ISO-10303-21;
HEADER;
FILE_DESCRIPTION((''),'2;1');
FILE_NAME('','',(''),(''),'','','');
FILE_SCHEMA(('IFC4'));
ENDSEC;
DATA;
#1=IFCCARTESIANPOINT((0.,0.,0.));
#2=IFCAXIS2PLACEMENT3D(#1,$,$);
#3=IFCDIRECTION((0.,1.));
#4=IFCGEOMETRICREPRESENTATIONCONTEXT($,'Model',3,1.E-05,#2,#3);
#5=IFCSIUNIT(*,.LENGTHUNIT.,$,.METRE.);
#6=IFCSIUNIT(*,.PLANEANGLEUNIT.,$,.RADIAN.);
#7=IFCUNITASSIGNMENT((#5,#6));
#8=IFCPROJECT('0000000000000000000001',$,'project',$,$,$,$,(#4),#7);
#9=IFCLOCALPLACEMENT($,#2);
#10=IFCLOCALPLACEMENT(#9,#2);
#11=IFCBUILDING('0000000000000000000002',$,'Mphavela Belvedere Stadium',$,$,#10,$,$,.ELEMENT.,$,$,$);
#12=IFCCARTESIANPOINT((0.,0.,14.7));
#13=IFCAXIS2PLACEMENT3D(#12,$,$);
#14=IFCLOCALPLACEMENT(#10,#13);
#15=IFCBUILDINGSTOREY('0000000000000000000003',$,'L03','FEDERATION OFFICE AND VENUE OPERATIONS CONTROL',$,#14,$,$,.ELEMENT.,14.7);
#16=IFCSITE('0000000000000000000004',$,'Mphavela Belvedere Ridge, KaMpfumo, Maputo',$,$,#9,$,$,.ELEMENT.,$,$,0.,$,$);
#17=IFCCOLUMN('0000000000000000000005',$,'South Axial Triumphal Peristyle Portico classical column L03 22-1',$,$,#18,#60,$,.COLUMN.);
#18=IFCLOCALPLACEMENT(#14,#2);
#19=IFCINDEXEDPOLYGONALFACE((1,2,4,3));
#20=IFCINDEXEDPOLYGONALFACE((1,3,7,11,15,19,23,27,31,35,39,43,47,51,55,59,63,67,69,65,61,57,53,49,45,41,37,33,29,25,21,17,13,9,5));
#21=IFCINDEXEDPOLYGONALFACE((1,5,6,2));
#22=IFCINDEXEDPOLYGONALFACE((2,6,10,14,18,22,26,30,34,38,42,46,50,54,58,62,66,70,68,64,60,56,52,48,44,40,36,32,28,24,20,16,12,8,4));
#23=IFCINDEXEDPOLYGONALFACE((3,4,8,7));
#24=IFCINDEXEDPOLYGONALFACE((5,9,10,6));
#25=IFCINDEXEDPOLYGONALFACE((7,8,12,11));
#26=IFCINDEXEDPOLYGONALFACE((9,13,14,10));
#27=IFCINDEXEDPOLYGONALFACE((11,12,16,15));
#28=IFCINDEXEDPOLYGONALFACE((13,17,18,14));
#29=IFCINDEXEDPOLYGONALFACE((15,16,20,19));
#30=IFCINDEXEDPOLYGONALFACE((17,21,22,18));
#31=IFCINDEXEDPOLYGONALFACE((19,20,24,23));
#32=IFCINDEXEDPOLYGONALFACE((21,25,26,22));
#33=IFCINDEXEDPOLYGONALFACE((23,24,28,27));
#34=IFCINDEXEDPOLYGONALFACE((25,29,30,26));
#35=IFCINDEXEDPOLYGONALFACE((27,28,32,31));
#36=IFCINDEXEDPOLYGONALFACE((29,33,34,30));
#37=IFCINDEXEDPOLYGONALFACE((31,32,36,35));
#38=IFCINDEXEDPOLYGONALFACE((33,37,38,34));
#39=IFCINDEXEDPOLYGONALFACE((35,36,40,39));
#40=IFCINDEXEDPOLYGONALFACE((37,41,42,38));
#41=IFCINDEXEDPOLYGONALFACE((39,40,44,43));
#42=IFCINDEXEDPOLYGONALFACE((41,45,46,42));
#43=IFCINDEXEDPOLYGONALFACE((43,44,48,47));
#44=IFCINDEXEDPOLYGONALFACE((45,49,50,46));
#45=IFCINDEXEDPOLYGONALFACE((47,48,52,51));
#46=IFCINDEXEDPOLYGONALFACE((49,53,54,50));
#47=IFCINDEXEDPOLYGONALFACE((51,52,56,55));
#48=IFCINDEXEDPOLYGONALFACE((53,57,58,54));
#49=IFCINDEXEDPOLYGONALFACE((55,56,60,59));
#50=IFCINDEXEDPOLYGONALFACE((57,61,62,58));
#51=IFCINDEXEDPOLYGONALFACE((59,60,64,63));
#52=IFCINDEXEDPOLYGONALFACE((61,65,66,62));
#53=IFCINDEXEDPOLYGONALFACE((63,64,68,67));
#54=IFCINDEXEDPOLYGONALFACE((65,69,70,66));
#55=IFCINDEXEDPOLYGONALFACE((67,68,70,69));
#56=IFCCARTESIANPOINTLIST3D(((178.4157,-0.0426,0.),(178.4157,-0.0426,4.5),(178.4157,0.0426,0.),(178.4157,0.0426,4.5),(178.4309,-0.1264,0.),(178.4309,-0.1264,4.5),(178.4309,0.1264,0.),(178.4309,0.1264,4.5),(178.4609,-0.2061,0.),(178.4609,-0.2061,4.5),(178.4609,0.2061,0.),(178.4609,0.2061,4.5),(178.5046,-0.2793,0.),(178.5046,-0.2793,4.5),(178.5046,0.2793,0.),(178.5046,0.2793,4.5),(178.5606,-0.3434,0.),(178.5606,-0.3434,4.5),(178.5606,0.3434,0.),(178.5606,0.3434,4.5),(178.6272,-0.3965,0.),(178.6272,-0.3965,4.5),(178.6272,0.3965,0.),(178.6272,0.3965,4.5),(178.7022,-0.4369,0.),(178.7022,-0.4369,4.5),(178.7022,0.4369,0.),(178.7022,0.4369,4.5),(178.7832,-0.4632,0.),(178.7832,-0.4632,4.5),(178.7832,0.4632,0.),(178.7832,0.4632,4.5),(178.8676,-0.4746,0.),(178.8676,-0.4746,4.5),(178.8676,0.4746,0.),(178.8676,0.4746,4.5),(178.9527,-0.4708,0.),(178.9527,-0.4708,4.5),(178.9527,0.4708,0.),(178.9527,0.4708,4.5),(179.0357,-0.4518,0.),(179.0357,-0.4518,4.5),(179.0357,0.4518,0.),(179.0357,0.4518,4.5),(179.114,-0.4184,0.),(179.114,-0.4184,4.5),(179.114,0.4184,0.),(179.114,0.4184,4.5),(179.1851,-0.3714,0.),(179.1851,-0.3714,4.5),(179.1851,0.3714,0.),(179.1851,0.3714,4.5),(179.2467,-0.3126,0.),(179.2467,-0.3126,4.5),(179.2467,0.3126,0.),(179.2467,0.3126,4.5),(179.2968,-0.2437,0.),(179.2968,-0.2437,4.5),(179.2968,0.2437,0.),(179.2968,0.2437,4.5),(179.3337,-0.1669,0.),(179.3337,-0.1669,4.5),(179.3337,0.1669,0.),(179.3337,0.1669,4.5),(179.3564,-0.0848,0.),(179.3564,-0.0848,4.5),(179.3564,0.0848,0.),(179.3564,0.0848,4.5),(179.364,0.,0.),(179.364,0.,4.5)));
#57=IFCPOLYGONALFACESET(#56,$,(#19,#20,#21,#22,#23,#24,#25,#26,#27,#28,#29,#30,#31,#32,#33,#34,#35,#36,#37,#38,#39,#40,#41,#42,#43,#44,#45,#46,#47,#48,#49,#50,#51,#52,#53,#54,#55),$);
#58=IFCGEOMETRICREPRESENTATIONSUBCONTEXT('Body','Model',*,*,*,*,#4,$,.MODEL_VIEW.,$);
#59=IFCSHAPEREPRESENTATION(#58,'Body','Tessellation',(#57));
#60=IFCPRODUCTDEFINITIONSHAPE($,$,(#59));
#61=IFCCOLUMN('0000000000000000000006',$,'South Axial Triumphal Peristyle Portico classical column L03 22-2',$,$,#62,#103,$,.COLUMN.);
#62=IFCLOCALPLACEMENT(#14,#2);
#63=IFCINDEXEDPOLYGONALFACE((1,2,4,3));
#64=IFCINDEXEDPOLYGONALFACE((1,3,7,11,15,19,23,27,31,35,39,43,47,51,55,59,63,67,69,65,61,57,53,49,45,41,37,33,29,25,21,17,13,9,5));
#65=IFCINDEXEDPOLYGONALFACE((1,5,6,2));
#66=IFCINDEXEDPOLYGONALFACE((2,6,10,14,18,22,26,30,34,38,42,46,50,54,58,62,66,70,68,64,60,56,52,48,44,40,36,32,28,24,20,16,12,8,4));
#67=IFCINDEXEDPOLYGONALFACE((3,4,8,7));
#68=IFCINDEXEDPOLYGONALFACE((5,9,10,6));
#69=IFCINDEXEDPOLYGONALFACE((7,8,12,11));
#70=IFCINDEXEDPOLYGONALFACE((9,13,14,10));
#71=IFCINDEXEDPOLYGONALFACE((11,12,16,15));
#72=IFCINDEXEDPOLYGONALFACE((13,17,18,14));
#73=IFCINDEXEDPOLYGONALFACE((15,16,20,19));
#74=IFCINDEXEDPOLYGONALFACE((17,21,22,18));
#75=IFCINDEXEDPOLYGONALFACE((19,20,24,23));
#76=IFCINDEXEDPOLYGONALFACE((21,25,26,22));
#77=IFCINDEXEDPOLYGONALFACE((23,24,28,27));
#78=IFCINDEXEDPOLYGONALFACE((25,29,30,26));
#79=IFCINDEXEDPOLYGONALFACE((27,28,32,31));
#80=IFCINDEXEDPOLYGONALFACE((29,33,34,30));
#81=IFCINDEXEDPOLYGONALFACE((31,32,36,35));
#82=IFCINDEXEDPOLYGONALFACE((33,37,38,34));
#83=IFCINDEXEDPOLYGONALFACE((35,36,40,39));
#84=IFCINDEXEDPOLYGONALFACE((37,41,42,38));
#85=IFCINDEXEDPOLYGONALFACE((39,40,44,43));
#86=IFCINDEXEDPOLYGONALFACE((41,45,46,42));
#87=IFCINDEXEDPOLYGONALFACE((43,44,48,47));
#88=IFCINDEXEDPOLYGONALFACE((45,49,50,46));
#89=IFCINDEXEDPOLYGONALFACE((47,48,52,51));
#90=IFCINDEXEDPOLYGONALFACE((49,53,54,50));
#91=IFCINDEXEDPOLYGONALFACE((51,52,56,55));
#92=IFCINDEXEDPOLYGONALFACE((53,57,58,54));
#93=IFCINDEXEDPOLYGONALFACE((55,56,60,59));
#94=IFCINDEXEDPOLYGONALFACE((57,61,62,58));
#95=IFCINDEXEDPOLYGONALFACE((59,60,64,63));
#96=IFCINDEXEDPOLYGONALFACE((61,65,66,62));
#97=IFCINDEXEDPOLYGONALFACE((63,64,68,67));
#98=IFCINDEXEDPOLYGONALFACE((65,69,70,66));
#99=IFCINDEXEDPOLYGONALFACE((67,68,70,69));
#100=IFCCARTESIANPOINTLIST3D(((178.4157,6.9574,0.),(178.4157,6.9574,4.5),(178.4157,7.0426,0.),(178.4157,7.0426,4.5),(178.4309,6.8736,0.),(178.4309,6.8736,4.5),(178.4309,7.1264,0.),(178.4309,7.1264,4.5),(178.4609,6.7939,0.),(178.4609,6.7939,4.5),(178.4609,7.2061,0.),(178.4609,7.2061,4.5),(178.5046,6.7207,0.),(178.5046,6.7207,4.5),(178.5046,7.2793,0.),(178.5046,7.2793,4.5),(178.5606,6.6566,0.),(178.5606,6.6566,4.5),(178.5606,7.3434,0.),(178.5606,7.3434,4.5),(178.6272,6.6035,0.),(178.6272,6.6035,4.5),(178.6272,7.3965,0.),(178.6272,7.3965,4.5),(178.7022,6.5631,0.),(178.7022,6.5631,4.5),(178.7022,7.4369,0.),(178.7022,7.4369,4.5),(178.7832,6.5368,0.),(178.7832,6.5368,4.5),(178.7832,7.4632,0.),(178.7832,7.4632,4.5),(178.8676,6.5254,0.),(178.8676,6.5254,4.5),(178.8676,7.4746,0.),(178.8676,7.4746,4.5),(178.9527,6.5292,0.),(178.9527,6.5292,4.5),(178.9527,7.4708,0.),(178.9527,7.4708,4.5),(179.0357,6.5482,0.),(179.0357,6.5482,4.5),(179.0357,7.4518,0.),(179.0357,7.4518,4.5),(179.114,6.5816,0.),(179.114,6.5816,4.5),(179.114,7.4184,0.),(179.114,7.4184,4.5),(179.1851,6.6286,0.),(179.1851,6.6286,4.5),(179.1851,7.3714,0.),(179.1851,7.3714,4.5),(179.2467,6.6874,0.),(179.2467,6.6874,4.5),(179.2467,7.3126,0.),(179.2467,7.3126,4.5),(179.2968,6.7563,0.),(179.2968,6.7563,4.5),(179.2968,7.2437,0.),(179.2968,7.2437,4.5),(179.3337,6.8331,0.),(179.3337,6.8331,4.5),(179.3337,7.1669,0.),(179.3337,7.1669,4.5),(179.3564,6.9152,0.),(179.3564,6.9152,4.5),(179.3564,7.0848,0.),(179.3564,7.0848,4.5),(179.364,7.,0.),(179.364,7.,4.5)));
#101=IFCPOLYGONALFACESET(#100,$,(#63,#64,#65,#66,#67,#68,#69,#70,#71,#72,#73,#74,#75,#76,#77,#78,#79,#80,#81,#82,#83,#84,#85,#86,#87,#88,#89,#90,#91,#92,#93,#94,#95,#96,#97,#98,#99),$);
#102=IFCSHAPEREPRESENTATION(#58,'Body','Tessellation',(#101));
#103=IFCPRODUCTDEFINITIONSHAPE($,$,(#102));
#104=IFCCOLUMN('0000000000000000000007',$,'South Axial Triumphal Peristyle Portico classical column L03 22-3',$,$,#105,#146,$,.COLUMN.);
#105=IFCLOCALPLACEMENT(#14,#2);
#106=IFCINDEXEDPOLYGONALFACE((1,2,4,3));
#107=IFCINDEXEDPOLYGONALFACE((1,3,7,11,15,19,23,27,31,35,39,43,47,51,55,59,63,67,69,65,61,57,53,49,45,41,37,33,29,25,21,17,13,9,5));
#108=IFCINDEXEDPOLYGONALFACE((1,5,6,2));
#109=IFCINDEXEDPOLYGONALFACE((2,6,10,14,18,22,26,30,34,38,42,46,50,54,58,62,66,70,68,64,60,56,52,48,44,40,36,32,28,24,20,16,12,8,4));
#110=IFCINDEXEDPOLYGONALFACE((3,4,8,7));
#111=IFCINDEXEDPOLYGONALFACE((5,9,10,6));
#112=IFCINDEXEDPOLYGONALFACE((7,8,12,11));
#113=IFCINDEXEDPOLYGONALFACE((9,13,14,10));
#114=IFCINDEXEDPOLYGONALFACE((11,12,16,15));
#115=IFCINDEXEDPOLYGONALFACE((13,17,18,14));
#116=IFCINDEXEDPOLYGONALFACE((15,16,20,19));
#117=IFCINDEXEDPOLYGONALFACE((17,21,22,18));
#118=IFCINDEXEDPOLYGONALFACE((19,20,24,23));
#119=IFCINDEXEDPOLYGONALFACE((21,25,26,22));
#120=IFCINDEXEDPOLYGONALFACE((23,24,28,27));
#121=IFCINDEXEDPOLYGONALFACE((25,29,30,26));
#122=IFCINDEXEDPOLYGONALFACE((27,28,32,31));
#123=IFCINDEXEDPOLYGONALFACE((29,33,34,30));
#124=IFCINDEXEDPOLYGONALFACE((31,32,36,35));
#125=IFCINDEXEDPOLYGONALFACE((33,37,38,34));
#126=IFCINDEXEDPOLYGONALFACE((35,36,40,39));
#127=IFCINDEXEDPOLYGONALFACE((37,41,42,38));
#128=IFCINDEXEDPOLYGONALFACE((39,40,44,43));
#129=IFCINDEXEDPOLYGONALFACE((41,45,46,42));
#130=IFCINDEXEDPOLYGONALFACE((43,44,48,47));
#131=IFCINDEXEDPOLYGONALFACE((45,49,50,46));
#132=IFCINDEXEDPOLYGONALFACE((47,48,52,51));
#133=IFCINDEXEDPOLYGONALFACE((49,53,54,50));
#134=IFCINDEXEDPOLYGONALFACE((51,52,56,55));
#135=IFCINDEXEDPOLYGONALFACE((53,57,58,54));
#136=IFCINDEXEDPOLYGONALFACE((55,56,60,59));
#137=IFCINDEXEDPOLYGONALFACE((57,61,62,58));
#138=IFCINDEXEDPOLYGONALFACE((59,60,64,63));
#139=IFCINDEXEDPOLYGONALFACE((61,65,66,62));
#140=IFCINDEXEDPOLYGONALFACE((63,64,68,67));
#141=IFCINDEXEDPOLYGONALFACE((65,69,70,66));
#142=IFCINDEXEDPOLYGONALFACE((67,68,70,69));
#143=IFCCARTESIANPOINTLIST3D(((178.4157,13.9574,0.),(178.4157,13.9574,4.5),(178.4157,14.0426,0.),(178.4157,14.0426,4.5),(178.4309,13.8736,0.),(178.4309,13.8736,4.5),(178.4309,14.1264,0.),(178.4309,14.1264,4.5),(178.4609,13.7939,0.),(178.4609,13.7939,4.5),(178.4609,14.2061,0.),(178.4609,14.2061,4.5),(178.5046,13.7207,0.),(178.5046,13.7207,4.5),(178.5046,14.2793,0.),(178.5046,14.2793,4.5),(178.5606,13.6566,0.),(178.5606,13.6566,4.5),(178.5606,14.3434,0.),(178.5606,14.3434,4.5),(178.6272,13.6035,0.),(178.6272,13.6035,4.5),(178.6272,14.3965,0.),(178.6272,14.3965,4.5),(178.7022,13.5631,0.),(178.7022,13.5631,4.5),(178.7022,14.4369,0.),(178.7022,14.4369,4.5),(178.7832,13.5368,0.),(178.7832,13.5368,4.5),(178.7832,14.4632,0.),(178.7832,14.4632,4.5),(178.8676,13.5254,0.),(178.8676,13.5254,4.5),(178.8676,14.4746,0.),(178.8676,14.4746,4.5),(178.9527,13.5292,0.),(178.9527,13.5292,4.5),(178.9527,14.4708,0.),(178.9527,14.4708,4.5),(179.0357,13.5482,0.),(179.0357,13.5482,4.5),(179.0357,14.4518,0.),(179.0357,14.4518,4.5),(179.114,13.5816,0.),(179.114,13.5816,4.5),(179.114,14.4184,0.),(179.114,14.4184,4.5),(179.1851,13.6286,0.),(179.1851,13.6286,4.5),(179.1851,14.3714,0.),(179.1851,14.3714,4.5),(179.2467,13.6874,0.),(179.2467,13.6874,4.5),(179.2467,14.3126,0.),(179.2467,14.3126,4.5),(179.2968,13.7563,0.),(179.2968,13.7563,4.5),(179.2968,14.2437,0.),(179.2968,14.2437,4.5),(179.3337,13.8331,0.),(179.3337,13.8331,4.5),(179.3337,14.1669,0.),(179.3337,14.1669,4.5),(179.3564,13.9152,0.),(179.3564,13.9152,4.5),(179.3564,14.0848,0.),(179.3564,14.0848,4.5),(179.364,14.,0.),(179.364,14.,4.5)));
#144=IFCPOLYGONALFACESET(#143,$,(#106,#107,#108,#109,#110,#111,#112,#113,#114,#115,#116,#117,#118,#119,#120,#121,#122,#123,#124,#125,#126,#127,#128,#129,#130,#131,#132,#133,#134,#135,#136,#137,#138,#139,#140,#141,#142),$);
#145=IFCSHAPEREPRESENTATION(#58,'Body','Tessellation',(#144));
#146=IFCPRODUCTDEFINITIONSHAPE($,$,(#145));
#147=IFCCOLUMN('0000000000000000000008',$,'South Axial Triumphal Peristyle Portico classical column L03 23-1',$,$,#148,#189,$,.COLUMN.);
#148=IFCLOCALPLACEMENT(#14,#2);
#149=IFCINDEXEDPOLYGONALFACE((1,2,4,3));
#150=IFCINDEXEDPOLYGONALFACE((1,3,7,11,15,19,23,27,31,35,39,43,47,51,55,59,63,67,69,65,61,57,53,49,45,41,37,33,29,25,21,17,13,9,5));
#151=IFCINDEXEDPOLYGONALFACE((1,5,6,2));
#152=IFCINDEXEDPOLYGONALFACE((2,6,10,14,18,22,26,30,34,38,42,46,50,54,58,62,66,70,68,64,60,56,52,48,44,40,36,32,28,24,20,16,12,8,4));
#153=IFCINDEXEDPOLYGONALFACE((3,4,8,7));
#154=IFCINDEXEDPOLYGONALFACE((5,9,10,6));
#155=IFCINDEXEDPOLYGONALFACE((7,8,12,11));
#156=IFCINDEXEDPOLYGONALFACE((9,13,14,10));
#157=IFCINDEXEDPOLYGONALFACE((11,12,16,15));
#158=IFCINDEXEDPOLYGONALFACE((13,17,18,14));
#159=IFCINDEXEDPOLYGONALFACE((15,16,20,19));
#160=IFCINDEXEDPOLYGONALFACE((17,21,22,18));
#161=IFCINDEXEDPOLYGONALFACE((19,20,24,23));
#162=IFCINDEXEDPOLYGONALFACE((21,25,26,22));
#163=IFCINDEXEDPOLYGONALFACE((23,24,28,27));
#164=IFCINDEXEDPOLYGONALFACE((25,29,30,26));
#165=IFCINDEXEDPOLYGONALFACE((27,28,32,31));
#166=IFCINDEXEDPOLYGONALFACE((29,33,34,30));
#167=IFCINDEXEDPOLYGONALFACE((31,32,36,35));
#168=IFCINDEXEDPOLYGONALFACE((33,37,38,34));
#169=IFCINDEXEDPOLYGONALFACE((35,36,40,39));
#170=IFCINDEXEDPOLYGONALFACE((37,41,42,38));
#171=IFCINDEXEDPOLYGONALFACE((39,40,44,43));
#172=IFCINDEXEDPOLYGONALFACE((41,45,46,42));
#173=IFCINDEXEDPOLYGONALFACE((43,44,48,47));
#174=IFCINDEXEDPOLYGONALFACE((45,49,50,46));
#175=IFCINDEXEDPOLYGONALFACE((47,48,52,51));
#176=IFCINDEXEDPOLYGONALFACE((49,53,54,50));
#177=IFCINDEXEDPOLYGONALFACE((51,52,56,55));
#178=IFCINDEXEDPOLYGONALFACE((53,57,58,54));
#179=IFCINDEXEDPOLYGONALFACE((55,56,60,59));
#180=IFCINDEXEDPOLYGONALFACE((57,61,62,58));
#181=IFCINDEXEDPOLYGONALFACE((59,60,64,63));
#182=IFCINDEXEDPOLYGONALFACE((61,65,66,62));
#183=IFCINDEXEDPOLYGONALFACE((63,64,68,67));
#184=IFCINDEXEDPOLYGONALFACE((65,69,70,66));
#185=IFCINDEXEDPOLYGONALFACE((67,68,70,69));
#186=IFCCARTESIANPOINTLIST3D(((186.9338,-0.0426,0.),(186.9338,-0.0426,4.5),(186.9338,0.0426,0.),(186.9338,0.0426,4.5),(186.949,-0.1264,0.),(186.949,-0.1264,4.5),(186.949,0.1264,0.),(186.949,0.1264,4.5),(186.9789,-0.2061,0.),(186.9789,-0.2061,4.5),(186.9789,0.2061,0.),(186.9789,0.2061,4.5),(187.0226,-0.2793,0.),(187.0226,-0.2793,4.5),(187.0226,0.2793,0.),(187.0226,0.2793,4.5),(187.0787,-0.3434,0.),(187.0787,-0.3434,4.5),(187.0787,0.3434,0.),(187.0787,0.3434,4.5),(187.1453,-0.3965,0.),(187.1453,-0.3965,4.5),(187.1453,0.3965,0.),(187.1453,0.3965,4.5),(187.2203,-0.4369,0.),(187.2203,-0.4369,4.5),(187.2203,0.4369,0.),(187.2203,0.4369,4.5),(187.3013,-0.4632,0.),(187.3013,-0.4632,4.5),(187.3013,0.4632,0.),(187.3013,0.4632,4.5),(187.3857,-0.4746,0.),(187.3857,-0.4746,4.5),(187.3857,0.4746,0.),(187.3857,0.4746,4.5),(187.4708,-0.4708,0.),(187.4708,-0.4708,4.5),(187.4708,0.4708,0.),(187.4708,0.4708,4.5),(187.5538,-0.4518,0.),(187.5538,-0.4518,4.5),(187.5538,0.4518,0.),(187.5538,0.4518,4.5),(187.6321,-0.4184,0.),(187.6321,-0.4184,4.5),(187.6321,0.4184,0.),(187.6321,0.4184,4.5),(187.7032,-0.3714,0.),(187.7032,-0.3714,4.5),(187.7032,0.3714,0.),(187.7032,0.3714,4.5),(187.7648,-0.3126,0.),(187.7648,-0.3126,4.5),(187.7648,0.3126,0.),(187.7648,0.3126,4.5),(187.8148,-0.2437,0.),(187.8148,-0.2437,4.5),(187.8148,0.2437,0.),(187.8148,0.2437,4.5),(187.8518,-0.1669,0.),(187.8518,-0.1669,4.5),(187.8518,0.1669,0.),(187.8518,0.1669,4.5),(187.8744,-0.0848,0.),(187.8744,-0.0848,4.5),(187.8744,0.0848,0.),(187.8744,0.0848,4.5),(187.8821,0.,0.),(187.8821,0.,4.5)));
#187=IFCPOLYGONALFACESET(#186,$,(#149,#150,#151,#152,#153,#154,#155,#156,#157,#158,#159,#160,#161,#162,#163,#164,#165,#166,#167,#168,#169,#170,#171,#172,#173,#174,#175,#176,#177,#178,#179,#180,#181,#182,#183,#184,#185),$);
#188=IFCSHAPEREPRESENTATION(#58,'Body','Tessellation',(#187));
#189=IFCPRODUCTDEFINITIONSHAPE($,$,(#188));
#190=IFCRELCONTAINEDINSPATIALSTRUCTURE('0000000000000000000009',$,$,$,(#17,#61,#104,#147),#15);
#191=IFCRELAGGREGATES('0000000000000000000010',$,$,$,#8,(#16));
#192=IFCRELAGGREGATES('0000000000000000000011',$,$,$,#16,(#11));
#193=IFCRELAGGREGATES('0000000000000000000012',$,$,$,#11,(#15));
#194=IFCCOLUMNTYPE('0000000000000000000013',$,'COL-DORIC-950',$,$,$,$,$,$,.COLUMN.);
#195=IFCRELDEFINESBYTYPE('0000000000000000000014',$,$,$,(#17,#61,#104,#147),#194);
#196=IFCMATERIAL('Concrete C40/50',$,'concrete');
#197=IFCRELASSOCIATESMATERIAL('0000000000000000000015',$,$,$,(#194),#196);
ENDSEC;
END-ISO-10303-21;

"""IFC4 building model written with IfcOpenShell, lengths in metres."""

from ifc_helpers import new_model, si_unit, direction, frame, origin, origin_2d, place, context, subcontext, project, spatial, circle, extrude, material, material_profile, profile_set, type_object, element, save


model = new_model("IFC4")

# Units and contexts
model_context = context("Model", 3, precision=1e-05, world=origin(), true_north=direction((0.0, 1.0)))
body_context = subcontext(model_context, "Body", "Model", "MODEL_VIEW")
ifc_project = project(units=[si_unit("LENGTHUNIT", "METRE"), si_unit("PLANEANGLEUNIT", "RADIAN")], contexts=[model_context])

# Site, building, storey
site_placement = place(None, origin())
site = spatial("IfcSite", under=ifc_project, at=site_placement, Name="Mphavela Belvedere Ridge, KaMpfumo, Maputo", CompositionType="ELEMENT", RefElevation=0.0)
building_placement = place(site_placement, origin())
building = spatial("IfcBuilding", under=site, at=building_placement, Name="Mphavela Belvedere Stadium", CompositionType="ELEMENT")
storey_placement = place(building_placement, frame((0.0, 0.0, 14.7)))
storey = spatial("IfcBuildingStorey", under=building, at=storey_placement, Name="L03", Description="FEDERATION OFFICE AND VENUE OPERATIONS CONTROL", CompositionType="ELEMENT", Elevation=14.7)

# Columns
ifc_material_1 = material(Name="Concrete C40/50", Category="concrete")
ifc_material_profile_1 = material_profile(ifc_material_1, circle(Radius=0.4751, at=origin_2d()), Name="COL D950")
ifc_profile_set_1 = profile_set([ifc_material_profile_1], Name="Concrete C40/50")
column_type = type_object("IfcColumnType", Name="COL-DORIC-950", PredefinedType="COLUMN", material=ifc_profile_set_1)
for number, where, z_axis, x_axis, name in (
    (1, (178.8889, 0.0, 0.0), (0.0, 0.0, 1.0), (1.0, 0.0, 0.0), "South Axial Triumphal Peristyle Portico classical column L03 22-1"),
    (2, (178.8889, 7.0, 0.0), (0.0, 0.0, 1.0), (1.0, 0.0, 0.0), "South Axial Triumphal Peristyle Portico classical column L03 22-2"),
    (3, (178.8889, 14.0, 0.0), (0.0, 0.0, 1.0), (1.0, 0.0, 0.0), "South Axial Triumphal Peristyle Portico classical column L03 22-3"),
    (4, (187.407, 0.0, 0.0), (0.0, 0.0, 1.0), (1.0, 0.0, 0.0), "South Axial Triumphal Peristyle Portico classical column L03 23-1"),
):
    element("IfcColumn", number, at=place(storey_placement, frame(where, z_axis=z_axis, x_axis=x_axis)), inside=storey, type_object=column_type, Name=name, PredefinedType="COLUMN", context=body_context, shape_type="SweptSolid", body=[
        extrude(circle(Radius=0.4751, at=origin_2d()), origin(), (0.0, 0.0, 1.0), 4.5),
    ])

save(model, "model.ifc")
